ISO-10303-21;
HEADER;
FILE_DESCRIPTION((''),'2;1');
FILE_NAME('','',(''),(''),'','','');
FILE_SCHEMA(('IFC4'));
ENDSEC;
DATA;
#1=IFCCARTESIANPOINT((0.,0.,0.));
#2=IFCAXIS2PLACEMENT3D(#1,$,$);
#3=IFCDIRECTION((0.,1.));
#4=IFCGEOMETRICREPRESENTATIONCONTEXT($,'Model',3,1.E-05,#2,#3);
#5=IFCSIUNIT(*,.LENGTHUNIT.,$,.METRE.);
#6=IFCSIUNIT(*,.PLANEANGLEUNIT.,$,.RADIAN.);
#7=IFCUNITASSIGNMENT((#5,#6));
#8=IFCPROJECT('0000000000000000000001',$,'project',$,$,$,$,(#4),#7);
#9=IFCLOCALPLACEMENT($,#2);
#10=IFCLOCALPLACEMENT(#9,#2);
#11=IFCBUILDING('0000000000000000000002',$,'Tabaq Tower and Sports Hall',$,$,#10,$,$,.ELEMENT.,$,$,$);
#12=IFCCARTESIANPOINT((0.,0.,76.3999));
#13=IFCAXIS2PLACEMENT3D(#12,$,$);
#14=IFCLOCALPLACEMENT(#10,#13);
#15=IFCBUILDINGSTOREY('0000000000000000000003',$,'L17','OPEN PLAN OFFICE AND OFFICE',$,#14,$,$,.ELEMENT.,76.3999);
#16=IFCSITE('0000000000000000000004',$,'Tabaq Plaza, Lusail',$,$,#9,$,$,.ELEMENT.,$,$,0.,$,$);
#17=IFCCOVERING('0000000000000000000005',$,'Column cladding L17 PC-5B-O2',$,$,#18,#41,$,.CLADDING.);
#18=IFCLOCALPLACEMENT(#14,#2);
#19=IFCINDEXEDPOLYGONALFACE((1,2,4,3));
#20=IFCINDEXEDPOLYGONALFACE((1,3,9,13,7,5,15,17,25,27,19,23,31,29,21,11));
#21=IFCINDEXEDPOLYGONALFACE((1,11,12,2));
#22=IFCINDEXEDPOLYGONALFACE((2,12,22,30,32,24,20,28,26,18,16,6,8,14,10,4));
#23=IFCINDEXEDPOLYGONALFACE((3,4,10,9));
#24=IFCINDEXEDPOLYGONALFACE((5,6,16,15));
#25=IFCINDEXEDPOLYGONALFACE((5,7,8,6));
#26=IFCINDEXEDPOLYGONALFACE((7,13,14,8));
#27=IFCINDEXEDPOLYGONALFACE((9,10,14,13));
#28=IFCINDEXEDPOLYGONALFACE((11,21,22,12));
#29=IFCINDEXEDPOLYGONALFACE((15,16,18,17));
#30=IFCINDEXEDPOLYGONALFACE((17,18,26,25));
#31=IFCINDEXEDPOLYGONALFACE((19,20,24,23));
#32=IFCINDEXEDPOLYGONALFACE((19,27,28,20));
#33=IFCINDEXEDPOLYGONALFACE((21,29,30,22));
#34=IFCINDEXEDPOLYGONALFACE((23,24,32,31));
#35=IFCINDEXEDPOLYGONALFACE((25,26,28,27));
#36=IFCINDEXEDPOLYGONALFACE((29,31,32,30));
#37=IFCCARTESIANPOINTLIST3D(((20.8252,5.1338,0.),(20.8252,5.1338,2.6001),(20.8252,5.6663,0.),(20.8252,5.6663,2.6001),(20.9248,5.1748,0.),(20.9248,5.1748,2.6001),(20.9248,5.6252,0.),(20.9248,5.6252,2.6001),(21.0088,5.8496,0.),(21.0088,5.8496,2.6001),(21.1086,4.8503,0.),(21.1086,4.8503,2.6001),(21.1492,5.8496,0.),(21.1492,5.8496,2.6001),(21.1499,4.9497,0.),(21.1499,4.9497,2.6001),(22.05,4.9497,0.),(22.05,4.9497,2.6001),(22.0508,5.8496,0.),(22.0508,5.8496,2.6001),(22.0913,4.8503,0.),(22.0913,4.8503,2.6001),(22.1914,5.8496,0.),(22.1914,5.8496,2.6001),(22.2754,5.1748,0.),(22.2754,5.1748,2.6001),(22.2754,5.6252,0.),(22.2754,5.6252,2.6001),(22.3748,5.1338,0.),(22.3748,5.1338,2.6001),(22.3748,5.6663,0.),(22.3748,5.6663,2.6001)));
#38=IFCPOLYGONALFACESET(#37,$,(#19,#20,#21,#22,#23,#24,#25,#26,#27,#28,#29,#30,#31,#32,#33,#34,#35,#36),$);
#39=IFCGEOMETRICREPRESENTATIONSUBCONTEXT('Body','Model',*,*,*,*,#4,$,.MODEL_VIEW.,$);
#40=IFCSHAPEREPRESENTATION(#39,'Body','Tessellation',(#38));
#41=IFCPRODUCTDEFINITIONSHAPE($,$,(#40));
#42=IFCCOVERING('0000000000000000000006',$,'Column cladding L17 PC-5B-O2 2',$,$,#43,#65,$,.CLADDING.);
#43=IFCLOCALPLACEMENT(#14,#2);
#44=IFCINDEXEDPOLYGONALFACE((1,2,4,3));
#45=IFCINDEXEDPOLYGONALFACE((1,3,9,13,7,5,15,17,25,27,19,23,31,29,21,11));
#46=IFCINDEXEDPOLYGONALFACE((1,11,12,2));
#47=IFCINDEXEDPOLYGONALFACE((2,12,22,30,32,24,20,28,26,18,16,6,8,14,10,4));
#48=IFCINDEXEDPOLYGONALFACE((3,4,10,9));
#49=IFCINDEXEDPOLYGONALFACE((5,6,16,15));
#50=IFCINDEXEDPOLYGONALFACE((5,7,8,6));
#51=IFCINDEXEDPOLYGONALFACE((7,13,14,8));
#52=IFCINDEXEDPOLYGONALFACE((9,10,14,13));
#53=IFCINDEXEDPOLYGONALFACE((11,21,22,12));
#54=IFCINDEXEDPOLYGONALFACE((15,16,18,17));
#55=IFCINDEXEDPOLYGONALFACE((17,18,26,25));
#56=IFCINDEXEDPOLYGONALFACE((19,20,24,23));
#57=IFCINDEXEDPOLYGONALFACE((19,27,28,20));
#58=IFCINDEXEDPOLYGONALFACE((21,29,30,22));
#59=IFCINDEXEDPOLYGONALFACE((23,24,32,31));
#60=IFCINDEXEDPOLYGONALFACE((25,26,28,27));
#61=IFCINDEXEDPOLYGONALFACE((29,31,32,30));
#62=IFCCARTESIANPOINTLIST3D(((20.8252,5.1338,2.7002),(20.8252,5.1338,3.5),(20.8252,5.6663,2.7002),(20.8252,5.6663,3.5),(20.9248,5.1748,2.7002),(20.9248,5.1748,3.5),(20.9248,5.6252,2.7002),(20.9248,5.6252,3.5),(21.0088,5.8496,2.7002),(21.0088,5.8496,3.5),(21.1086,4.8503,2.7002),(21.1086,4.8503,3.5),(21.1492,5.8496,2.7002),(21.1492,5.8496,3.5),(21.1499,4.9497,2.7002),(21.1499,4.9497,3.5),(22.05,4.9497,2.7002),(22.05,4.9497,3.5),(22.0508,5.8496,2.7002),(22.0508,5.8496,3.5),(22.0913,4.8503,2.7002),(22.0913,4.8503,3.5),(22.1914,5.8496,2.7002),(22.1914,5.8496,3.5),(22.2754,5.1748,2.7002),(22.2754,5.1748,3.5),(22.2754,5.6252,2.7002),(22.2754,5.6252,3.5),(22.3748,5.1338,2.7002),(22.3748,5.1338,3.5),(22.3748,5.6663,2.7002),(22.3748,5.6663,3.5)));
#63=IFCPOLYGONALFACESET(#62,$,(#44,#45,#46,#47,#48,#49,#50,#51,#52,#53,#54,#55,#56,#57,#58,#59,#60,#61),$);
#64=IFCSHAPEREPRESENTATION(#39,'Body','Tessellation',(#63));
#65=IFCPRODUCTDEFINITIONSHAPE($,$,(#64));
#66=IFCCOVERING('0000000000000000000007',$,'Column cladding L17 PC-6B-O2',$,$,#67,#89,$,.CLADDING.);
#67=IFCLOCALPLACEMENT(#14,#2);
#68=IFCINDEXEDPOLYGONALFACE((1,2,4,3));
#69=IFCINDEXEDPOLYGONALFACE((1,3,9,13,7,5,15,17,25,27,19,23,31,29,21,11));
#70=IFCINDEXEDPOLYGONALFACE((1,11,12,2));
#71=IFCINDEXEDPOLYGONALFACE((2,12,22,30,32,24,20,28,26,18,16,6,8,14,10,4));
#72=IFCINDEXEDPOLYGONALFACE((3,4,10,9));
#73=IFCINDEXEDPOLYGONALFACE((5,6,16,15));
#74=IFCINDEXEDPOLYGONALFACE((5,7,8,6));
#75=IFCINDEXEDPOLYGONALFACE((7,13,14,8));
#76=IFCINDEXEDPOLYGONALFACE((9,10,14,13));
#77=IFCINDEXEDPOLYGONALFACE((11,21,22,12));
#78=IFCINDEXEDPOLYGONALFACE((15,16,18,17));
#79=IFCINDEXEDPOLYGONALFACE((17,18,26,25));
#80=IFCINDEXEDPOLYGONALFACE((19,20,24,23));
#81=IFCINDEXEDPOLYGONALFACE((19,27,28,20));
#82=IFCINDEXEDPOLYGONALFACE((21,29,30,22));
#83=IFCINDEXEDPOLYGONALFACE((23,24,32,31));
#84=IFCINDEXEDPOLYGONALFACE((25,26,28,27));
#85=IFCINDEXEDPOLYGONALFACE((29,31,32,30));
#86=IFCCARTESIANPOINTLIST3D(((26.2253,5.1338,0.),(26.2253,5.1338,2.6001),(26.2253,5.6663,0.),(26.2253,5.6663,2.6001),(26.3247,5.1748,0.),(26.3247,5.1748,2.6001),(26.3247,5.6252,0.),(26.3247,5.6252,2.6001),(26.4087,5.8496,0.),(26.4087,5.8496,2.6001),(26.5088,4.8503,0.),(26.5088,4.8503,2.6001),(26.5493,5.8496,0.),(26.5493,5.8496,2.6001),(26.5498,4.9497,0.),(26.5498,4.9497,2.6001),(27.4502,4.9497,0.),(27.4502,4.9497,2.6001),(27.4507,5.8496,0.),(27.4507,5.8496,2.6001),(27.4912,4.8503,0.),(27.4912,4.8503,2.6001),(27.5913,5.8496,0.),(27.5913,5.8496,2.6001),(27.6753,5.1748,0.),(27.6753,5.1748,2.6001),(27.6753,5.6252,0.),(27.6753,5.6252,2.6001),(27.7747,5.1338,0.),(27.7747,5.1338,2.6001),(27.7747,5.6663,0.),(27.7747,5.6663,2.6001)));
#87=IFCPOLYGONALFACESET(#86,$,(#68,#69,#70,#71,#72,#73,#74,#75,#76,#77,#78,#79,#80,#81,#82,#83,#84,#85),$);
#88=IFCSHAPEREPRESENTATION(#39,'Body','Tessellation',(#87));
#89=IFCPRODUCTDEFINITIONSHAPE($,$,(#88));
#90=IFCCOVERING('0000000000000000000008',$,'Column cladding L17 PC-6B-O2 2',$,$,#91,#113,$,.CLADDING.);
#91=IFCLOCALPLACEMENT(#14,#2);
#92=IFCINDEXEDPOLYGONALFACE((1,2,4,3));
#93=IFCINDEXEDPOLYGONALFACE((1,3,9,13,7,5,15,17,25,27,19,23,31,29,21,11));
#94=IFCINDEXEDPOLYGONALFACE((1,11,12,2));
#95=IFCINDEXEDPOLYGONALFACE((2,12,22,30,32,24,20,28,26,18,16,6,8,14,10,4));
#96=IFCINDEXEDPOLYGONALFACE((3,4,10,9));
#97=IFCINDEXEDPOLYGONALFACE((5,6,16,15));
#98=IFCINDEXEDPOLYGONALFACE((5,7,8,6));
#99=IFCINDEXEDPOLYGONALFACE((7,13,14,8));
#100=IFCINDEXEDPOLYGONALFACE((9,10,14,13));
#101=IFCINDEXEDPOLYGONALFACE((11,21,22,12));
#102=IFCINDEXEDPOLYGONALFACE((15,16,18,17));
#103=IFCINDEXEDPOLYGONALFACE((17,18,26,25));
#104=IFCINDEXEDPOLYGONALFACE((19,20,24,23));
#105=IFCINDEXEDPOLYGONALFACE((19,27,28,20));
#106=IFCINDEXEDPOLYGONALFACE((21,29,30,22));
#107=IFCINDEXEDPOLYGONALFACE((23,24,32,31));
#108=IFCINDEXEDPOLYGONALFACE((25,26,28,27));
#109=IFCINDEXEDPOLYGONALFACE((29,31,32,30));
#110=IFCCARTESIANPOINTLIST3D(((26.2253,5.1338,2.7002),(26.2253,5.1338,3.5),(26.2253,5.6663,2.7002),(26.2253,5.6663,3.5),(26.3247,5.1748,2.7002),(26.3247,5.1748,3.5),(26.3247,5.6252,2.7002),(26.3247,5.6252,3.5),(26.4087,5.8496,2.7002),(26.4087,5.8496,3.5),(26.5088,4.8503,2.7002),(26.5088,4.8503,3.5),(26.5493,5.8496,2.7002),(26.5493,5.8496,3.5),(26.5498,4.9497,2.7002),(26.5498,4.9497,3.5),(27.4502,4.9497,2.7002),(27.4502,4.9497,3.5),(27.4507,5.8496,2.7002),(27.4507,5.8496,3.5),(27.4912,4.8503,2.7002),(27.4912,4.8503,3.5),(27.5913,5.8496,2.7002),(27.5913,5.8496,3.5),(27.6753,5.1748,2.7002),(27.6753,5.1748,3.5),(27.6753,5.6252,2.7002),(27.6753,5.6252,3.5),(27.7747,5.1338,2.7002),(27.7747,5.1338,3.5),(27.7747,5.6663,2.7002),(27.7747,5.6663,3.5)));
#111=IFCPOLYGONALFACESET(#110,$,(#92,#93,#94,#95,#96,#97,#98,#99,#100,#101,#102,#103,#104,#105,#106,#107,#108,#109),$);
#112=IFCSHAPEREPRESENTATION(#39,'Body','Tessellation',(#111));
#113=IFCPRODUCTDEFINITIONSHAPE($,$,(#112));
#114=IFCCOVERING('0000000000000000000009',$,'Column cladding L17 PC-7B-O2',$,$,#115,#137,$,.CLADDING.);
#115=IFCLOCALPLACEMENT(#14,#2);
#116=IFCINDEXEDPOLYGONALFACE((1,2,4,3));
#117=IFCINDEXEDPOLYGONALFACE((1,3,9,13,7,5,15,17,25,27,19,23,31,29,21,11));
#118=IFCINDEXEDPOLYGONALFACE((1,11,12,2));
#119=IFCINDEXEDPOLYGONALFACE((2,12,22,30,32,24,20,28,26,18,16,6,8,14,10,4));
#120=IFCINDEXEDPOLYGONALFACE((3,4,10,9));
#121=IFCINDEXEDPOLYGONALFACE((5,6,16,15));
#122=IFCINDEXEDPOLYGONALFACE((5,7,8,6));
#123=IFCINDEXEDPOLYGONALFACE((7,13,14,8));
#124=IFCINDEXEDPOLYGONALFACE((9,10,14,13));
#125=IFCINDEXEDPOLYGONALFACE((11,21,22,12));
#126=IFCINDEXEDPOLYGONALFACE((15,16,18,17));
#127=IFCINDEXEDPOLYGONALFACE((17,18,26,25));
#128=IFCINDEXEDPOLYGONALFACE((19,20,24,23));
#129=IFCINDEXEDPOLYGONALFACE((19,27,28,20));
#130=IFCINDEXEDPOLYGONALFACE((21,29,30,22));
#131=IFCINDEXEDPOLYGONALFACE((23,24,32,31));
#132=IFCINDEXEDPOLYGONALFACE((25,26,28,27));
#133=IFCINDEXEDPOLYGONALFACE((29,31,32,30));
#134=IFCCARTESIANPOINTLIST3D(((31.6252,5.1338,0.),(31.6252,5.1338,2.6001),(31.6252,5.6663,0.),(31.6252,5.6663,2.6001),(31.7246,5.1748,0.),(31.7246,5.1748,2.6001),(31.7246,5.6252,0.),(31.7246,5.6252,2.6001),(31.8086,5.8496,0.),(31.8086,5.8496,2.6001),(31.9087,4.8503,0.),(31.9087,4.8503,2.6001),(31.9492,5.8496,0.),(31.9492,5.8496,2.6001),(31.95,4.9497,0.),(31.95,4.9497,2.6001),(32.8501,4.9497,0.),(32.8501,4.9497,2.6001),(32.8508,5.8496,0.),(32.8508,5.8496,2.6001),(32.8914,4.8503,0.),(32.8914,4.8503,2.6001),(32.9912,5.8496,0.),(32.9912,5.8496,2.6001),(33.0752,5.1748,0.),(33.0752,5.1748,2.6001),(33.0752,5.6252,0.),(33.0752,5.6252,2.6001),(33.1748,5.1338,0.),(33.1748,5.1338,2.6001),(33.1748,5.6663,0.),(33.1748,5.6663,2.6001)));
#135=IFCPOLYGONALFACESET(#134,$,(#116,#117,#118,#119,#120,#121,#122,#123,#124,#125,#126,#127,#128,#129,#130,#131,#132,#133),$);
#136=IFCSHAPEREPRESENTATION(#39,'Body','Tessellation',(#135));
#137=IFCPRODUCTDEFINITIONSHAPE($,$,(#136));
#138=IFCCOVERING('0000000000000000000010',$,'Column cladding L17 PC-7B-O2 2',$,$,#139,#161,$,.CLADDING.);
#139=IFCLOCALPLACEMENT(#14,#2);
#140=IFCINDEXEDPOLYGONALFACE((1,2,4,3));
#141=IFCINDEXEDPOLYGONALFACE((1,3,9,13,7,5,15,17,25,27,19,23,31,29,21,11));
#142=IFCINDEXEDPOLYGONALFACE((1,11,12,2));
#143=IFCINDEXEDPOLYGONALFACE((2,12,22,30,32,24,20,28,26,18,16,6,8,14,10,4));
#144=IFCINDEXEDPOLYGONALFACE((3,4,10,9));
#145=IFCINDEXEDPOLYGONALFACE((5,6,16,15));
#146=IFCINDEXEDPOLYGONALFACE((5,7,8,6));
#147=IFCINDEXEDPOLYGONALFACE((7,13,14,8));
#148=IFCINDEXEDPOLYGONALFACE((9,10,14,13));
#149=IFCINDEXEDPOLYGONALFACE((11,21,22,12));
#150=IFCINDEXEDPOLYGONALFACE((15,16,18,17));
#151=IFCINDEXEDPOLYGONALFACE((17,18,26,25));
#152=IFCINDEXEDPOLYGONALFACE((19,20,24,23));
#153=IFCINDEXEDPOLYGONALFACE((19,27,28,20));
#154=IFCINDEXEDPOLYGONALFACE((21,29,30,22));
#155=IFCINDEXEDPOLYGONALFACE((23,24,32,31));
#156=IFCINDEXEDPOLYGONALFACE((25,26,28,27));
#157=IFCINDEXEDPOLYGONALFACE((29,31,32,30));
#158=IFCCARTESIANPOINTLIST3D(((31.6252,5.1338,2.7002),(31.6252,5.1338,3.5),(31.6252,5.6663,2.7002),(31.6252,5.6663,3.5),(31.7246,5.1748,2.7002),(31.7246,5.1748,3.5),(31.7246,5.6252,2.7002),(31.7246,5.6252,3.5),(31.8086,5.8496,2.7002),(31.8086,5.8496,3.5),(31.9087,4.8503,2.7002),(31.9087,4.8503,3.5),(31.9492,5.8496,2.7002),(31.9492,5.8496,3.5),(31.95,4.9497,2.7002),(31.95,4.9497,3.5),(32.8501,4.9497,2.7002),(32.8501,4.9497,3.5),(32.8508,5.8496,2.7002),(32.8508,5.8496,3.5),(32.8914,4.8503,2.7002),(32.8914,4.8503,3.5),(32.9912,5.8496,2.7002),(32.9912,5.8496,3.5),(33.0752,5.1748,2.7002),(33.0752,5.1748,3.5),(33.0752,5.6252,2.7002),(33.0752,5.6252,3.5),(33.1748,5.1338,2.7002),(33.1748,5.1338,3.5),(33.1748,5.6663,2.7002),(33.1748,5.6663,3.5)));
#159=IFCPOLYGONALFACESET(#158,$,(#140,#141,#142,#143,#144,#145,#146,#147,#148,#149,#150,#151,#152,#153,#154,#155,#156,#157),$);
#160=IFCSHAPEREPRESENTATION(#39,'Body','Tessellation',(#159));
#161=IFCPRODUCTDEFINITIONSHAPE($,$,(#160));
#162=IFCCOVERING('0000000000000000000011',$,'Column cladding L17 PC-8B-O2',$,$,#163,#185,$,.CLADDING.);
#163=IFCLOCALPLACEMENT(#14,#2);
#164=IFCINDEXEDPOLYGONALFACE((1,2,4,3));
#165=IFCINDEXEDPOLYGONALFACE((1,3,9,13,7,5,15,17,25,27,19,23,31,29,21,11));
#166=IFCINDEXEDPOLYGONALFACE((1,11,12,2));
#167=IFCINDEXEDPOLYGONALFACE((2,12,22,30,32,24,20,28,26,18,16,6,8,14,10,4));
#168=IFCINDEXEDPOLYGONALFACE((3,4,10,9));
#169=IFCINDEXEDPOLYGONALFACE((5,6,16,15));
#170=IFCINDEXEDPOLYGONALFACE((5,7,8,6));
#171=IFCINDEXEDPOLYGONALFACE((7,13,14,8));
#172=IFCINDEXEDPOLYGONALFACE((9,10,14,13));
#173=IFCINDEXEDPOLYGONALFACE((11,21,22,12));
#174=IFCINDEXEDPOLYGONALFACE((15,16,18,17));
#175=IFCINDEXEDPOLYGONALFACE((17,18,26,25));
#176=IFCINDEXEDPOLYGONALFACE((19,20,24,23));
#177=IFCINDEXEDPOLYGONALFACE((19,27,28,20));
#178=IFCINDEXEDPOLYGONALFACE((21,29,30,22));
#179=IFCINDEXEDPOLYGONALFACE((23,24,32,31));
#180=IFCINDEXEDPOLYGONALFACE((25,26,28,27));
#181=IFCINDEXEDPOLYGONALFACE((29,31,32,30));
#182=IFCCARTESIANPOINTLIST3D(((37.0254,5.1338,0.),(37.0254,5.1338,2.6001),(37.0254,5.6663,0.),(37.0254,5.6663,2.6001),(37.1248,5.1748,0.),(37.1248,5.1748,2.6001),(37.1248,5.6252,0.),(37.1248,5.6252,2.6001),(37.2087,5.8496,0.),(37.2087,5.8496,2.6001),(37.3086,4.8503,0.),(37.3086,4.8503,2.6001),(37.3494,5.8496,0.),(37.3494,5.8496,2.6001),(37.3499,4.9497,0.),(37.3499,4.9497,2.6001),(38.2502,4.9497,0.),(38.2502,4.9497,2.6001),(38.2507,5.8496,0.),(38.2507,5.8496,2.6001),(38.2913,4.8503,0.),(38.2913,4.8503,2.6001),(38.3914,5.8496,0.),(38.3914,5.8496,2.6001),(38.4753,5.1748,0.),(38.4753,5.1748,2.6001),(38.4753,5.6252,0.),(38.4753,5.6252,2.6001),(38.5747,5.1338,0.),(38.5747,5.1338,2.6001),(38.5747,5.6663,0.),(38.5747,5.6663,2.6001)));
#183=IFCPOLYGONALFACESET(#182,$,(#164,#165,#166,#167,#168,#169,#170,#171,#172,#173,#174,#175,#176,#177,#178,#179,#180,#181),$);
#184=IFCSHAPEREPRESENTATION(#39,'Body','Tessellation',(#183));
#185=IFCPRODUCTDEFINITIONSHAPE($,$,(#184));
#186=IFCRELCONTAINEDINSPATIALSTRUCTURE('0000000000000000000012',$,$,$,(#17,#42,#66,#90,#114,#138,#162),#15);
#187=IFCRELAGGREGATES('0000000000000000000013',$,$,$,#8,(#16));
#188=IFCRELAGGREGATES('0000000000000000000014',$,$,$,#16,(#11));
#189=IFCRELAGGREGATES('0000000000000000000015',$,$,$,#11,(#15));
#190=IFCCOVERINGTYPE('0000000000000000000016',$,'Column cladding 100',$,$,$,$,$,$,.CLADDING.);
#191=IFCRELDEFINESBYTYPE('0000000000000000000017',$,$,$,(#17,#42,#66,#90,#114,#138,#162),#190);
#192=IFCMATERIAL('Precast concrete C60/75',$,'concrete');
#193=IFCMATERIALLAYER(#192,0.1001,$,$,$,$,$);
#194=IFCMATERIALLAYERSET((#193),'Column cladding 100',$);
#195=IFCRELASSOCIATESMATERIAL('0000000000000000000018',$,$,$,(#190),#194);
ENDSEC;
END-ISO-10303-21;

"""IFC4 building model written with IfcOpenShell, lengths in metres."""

from ifc_helpers import new_model, si_unit, direction, frame, origin, place, context, subcontext, project, spatial, polyline, outline, extrude, material, layer, layer_set, type_object, element, save


model = new_model("IFC4")

# Units and contexts
model_context = context("Model", 3, precision=1e-05, world=origin(), true_north=direction((0.0, 1.0)))
body_context = subcontext(model_context, "Body", "Model", "MODEL_VIEW")
ifc_project = project(units=[si_unit("LENGTHUNIT", "METRE"), si_unit("PLANEANGLEUNIT", "RADIAN")], contexts=[model_context])

# Site, building, storey
site_placement = place(None, origin())
site = spatial("IfcSite", under=ifc_project, at=site_placement, Name="Tabaq Plaza, Lusail", CompositionType="ELEMENT", RefElevation=0.0)
building_placement = place(site_placement, origin())
building = spatial("IfcBuilding", under=site, at=building_placement, Name="Tabaq Tower and Sports Hall", CompositionType="ELEMENT")
storey_placement = place(building_placement, frame((0.0, 0.0, 76.3999)))
storey = spatial("IfcBuildingStorey", under=building, at=storey_placement, Name="L17", Description="OPEN PLAN OFFICE AND OFFICE", CompositionType="ELEMENT", Elevation=76.3999)

# Coverings
ifc_material_1 = material(Name="Precast concrete C60/75", Category="concrete")
ifc_layer_1 = layer(ifc_material_1, 0.1001)
ifc_layer_set_1 = layer_set([ifc_layer_1], Name="Column cladding 100")
covering_type = type_object("IfcCoveringType", Name="Column cladding 100", PredefinedType="CLADDING", material=ifc_layer_set_1)
covering_1_placement = place(storey_placement, origin())
element("IfcCovering", 1, at=covering_1_placement, inside=storey, type_object=covering_type, Name="Column cladding L17 PC-5B-O2", PredefinedType="CLADDING", context=body_context, shape_type="SweptSolid", body=[
    extrude(outline(polyline([(20.8252, 5.6663), (21.0088, 5.8496), (21.1492, 5.8496), (20.9248, 5.6252), (20.9248, 5.1748), (21.1499, 4.9497), (22.05, 4.9497), (22.2754, 5.1748), (22.2754, 5.6252), (22.0508, 5.8496), (22.1914, 5.8496), (22.3748, 5.6663), (22.3748, 5.1338), (22.0913, 4.8503), (21.1086, 4.8503), (20.8252, 5.1338), (20.8252, 5.6663)])), origin(), (0.0, 0.0, 1.0), 2.6001),
])
covering_2_placement = place(storey_placement, frame((0.0, 0.0, 2.7002)))
element("IfcCovering", 2, at=covering_2_placement, inside=storey, type_object=covering_type, Name="Column cladding L17 PC-5B-O2 2", PredefinedType="CLADDING", context=body_context, shape_type="SweptSolid", body=[
    extrude(outline(polyline([(20.8252, 5.6663), (21.0088, 5.8496), (21.1492, 5.8496), (20.9248, 5.6252), (20.9248, 5.1748), (21.1499, 4.9497), (22.05, 4.9497), (22.2754, 5.1748), (22.2754, 5.6252), (22.0508, 5.8496), (22.1914, 5.8496), (22.3748, 5.6663), (22.3748, 5.1338), (22.0913, 4.8503), (21.1086, 4.8503), (20.8252, 5.1338), (20.8252, 5.6663)])), origin(), (0.0, 0.0, 1.0), 0.7998),
])
covering_3_placement = place(storey_placement, origin())
element("IfcCovering", 3, at=covering_3_placement, inside=storey, type_object=covering_type, Name="Column cladding L17 PC-6B-O2", PredefinedType="CLADDING", context=body_context, shape_type="SweptSolid", body=[
    extrude(outline(polyline([(26.2253, 5.6663), (26.4087, 5.8496), (26.5493, 5.8496), (26.3247, 5.6252), (26.3247, 5.1748), (26.5498, 4.9497), (27.4502, 4.9497), (27.6753, 5.1748), (27.6753, 5.6252), (27.4507, 5.8496), (27.5913, 5.8496), (27.7747, 5.6663), (27.7747, 5.1338), (27.4912, 4.8503), (26.5088, 4.8503), (26.2253, 5.1338), (26.2253, 5.6663)])), origin(), (0.0, 0.0, 1.0), 2.6001),
])
covering_4_placement = place(storey_placement, frame((0.0, 0.0, 2.7002)))
element("IfcCovering", 4, at=covering_4_placement, inside=storey, type_object=covering_type, Name="Column cladding L17 PC-6B-O2 2", PredefinedType="CLADDING", context=body_context, shape_type="SweptSolid", body=[
    extrude(outline(polyline([(26.2253, 5.6663), (26.4087, 5.8496), (26.5493, 5.8496), (26.3247, 5.6252), (26.3247, 5.1748), (26.5498, 4.9497), (27.4502, 4.9497), (27.6753, 5.1748), (27.6753, 5.6252), (27.4507, 5.8496), (27.5913, 5.8496), (27.7747, 5.6663), (27.7747, 5.1338), (27.4912, 4.8503), (26.5088, 4.8503), (26.2253, 5.1338), (26.2253, 5.6663)])), origin(), (0.0, 0.0, 1.0), 0.7998),
])
covering_5_placement = place(storey_placement, origin())
element("IfcCovering", 5, at=covering_5_placement, inside=storey, type_object=covering_type, Name="Column cladding L17 PC-7B-O2", PredefinedType="CLADDING", context=body_context, shape_type="SweptSolid", body=[
    extrude(outline(polyline([(31.6252, 5.6663), (31.8086, 5.8496), (31.9492, 5.8496), (31.7246, 5.6252), (31.7246, 5.1748), (31.95, 4.9497), (32.8501, 4.9497), (33.0752, 5.1748), (33.0752, 5.6252), (32.8508, 5.8496), (32.9912, 5.8496), (33.1748, 5.6663), (33.1748, 5.1338), (32.8914, 4.8503), (31.9087, 4.8503), (31.6252, 5.1338), (31.6252, 5.6663)])), origin(), (0.0, 0.0, 1.0), 2.6001),
])
covering_6_placement = place(storey_placement, frame((0.0, 0.0, 2.7002)))
element("IfcCovering", 6, at=covering_6_placement, inside=storey, type_object=covering_type, Name="Column cladding L17 PC-7B-O2 2", PredefinedType="CLADDING", context=body_context, shape_type="SweptSolid", body=[
    extrude(outline(polyline([(31.6252, 5.6663), (31.8086, 5.8496), (31.9492, 5.8496), (31.7246, 5.6252), (31.7246, 5.1748), (31.95, 4.9497), (32.8501, 4.9497), (33.0752, 5.1748), (33.0752, 5.6252), (32.8508, 5.8496), (32.9912, 5.8496), (33.1748, 5.6663), (33.1748, 5.1338), (32.8914, 4.8503), (31.9087, 4.8503), (31.6252, 5.1338), (31.6252, 5.6663)])), origin(), (0.0, 0.0, 1.0), 0.7998),
])
covering_7_placement = place(storey_placement, origin())
element("IfcCovering", 7, at=covering_7_placement, inside=storey, type_object=covering_type, Name="Column cladding L17 PC-8B-O2", PredefinedType="CLADDING", context=body_context, shape_type="SweptSolid", body=[
    extrude(outline(polyline([(37.0254, 5.6663), (37.2087, 5.8496), (37.3494, 5.8496), (37.1248, 5.6252), (37.1248, 5.1748), (37.3499, 4.9497), (38.2502, 4.9497), (38.4753, 5.1748), (38.4753, 5.6252), (38.2507, 5.8496), (38.3914, 5.8496), (38.5747, 5.6663), (38.5747, 5.1338), (38.2913, 4.8503), (37.3086, 4.8503), (37.0254, 5.1338), (37.0254, 5.6663)])), origin(), (0.0, 0.0, 1.0), 2.6001),
])

save(model, "model.ifc")
